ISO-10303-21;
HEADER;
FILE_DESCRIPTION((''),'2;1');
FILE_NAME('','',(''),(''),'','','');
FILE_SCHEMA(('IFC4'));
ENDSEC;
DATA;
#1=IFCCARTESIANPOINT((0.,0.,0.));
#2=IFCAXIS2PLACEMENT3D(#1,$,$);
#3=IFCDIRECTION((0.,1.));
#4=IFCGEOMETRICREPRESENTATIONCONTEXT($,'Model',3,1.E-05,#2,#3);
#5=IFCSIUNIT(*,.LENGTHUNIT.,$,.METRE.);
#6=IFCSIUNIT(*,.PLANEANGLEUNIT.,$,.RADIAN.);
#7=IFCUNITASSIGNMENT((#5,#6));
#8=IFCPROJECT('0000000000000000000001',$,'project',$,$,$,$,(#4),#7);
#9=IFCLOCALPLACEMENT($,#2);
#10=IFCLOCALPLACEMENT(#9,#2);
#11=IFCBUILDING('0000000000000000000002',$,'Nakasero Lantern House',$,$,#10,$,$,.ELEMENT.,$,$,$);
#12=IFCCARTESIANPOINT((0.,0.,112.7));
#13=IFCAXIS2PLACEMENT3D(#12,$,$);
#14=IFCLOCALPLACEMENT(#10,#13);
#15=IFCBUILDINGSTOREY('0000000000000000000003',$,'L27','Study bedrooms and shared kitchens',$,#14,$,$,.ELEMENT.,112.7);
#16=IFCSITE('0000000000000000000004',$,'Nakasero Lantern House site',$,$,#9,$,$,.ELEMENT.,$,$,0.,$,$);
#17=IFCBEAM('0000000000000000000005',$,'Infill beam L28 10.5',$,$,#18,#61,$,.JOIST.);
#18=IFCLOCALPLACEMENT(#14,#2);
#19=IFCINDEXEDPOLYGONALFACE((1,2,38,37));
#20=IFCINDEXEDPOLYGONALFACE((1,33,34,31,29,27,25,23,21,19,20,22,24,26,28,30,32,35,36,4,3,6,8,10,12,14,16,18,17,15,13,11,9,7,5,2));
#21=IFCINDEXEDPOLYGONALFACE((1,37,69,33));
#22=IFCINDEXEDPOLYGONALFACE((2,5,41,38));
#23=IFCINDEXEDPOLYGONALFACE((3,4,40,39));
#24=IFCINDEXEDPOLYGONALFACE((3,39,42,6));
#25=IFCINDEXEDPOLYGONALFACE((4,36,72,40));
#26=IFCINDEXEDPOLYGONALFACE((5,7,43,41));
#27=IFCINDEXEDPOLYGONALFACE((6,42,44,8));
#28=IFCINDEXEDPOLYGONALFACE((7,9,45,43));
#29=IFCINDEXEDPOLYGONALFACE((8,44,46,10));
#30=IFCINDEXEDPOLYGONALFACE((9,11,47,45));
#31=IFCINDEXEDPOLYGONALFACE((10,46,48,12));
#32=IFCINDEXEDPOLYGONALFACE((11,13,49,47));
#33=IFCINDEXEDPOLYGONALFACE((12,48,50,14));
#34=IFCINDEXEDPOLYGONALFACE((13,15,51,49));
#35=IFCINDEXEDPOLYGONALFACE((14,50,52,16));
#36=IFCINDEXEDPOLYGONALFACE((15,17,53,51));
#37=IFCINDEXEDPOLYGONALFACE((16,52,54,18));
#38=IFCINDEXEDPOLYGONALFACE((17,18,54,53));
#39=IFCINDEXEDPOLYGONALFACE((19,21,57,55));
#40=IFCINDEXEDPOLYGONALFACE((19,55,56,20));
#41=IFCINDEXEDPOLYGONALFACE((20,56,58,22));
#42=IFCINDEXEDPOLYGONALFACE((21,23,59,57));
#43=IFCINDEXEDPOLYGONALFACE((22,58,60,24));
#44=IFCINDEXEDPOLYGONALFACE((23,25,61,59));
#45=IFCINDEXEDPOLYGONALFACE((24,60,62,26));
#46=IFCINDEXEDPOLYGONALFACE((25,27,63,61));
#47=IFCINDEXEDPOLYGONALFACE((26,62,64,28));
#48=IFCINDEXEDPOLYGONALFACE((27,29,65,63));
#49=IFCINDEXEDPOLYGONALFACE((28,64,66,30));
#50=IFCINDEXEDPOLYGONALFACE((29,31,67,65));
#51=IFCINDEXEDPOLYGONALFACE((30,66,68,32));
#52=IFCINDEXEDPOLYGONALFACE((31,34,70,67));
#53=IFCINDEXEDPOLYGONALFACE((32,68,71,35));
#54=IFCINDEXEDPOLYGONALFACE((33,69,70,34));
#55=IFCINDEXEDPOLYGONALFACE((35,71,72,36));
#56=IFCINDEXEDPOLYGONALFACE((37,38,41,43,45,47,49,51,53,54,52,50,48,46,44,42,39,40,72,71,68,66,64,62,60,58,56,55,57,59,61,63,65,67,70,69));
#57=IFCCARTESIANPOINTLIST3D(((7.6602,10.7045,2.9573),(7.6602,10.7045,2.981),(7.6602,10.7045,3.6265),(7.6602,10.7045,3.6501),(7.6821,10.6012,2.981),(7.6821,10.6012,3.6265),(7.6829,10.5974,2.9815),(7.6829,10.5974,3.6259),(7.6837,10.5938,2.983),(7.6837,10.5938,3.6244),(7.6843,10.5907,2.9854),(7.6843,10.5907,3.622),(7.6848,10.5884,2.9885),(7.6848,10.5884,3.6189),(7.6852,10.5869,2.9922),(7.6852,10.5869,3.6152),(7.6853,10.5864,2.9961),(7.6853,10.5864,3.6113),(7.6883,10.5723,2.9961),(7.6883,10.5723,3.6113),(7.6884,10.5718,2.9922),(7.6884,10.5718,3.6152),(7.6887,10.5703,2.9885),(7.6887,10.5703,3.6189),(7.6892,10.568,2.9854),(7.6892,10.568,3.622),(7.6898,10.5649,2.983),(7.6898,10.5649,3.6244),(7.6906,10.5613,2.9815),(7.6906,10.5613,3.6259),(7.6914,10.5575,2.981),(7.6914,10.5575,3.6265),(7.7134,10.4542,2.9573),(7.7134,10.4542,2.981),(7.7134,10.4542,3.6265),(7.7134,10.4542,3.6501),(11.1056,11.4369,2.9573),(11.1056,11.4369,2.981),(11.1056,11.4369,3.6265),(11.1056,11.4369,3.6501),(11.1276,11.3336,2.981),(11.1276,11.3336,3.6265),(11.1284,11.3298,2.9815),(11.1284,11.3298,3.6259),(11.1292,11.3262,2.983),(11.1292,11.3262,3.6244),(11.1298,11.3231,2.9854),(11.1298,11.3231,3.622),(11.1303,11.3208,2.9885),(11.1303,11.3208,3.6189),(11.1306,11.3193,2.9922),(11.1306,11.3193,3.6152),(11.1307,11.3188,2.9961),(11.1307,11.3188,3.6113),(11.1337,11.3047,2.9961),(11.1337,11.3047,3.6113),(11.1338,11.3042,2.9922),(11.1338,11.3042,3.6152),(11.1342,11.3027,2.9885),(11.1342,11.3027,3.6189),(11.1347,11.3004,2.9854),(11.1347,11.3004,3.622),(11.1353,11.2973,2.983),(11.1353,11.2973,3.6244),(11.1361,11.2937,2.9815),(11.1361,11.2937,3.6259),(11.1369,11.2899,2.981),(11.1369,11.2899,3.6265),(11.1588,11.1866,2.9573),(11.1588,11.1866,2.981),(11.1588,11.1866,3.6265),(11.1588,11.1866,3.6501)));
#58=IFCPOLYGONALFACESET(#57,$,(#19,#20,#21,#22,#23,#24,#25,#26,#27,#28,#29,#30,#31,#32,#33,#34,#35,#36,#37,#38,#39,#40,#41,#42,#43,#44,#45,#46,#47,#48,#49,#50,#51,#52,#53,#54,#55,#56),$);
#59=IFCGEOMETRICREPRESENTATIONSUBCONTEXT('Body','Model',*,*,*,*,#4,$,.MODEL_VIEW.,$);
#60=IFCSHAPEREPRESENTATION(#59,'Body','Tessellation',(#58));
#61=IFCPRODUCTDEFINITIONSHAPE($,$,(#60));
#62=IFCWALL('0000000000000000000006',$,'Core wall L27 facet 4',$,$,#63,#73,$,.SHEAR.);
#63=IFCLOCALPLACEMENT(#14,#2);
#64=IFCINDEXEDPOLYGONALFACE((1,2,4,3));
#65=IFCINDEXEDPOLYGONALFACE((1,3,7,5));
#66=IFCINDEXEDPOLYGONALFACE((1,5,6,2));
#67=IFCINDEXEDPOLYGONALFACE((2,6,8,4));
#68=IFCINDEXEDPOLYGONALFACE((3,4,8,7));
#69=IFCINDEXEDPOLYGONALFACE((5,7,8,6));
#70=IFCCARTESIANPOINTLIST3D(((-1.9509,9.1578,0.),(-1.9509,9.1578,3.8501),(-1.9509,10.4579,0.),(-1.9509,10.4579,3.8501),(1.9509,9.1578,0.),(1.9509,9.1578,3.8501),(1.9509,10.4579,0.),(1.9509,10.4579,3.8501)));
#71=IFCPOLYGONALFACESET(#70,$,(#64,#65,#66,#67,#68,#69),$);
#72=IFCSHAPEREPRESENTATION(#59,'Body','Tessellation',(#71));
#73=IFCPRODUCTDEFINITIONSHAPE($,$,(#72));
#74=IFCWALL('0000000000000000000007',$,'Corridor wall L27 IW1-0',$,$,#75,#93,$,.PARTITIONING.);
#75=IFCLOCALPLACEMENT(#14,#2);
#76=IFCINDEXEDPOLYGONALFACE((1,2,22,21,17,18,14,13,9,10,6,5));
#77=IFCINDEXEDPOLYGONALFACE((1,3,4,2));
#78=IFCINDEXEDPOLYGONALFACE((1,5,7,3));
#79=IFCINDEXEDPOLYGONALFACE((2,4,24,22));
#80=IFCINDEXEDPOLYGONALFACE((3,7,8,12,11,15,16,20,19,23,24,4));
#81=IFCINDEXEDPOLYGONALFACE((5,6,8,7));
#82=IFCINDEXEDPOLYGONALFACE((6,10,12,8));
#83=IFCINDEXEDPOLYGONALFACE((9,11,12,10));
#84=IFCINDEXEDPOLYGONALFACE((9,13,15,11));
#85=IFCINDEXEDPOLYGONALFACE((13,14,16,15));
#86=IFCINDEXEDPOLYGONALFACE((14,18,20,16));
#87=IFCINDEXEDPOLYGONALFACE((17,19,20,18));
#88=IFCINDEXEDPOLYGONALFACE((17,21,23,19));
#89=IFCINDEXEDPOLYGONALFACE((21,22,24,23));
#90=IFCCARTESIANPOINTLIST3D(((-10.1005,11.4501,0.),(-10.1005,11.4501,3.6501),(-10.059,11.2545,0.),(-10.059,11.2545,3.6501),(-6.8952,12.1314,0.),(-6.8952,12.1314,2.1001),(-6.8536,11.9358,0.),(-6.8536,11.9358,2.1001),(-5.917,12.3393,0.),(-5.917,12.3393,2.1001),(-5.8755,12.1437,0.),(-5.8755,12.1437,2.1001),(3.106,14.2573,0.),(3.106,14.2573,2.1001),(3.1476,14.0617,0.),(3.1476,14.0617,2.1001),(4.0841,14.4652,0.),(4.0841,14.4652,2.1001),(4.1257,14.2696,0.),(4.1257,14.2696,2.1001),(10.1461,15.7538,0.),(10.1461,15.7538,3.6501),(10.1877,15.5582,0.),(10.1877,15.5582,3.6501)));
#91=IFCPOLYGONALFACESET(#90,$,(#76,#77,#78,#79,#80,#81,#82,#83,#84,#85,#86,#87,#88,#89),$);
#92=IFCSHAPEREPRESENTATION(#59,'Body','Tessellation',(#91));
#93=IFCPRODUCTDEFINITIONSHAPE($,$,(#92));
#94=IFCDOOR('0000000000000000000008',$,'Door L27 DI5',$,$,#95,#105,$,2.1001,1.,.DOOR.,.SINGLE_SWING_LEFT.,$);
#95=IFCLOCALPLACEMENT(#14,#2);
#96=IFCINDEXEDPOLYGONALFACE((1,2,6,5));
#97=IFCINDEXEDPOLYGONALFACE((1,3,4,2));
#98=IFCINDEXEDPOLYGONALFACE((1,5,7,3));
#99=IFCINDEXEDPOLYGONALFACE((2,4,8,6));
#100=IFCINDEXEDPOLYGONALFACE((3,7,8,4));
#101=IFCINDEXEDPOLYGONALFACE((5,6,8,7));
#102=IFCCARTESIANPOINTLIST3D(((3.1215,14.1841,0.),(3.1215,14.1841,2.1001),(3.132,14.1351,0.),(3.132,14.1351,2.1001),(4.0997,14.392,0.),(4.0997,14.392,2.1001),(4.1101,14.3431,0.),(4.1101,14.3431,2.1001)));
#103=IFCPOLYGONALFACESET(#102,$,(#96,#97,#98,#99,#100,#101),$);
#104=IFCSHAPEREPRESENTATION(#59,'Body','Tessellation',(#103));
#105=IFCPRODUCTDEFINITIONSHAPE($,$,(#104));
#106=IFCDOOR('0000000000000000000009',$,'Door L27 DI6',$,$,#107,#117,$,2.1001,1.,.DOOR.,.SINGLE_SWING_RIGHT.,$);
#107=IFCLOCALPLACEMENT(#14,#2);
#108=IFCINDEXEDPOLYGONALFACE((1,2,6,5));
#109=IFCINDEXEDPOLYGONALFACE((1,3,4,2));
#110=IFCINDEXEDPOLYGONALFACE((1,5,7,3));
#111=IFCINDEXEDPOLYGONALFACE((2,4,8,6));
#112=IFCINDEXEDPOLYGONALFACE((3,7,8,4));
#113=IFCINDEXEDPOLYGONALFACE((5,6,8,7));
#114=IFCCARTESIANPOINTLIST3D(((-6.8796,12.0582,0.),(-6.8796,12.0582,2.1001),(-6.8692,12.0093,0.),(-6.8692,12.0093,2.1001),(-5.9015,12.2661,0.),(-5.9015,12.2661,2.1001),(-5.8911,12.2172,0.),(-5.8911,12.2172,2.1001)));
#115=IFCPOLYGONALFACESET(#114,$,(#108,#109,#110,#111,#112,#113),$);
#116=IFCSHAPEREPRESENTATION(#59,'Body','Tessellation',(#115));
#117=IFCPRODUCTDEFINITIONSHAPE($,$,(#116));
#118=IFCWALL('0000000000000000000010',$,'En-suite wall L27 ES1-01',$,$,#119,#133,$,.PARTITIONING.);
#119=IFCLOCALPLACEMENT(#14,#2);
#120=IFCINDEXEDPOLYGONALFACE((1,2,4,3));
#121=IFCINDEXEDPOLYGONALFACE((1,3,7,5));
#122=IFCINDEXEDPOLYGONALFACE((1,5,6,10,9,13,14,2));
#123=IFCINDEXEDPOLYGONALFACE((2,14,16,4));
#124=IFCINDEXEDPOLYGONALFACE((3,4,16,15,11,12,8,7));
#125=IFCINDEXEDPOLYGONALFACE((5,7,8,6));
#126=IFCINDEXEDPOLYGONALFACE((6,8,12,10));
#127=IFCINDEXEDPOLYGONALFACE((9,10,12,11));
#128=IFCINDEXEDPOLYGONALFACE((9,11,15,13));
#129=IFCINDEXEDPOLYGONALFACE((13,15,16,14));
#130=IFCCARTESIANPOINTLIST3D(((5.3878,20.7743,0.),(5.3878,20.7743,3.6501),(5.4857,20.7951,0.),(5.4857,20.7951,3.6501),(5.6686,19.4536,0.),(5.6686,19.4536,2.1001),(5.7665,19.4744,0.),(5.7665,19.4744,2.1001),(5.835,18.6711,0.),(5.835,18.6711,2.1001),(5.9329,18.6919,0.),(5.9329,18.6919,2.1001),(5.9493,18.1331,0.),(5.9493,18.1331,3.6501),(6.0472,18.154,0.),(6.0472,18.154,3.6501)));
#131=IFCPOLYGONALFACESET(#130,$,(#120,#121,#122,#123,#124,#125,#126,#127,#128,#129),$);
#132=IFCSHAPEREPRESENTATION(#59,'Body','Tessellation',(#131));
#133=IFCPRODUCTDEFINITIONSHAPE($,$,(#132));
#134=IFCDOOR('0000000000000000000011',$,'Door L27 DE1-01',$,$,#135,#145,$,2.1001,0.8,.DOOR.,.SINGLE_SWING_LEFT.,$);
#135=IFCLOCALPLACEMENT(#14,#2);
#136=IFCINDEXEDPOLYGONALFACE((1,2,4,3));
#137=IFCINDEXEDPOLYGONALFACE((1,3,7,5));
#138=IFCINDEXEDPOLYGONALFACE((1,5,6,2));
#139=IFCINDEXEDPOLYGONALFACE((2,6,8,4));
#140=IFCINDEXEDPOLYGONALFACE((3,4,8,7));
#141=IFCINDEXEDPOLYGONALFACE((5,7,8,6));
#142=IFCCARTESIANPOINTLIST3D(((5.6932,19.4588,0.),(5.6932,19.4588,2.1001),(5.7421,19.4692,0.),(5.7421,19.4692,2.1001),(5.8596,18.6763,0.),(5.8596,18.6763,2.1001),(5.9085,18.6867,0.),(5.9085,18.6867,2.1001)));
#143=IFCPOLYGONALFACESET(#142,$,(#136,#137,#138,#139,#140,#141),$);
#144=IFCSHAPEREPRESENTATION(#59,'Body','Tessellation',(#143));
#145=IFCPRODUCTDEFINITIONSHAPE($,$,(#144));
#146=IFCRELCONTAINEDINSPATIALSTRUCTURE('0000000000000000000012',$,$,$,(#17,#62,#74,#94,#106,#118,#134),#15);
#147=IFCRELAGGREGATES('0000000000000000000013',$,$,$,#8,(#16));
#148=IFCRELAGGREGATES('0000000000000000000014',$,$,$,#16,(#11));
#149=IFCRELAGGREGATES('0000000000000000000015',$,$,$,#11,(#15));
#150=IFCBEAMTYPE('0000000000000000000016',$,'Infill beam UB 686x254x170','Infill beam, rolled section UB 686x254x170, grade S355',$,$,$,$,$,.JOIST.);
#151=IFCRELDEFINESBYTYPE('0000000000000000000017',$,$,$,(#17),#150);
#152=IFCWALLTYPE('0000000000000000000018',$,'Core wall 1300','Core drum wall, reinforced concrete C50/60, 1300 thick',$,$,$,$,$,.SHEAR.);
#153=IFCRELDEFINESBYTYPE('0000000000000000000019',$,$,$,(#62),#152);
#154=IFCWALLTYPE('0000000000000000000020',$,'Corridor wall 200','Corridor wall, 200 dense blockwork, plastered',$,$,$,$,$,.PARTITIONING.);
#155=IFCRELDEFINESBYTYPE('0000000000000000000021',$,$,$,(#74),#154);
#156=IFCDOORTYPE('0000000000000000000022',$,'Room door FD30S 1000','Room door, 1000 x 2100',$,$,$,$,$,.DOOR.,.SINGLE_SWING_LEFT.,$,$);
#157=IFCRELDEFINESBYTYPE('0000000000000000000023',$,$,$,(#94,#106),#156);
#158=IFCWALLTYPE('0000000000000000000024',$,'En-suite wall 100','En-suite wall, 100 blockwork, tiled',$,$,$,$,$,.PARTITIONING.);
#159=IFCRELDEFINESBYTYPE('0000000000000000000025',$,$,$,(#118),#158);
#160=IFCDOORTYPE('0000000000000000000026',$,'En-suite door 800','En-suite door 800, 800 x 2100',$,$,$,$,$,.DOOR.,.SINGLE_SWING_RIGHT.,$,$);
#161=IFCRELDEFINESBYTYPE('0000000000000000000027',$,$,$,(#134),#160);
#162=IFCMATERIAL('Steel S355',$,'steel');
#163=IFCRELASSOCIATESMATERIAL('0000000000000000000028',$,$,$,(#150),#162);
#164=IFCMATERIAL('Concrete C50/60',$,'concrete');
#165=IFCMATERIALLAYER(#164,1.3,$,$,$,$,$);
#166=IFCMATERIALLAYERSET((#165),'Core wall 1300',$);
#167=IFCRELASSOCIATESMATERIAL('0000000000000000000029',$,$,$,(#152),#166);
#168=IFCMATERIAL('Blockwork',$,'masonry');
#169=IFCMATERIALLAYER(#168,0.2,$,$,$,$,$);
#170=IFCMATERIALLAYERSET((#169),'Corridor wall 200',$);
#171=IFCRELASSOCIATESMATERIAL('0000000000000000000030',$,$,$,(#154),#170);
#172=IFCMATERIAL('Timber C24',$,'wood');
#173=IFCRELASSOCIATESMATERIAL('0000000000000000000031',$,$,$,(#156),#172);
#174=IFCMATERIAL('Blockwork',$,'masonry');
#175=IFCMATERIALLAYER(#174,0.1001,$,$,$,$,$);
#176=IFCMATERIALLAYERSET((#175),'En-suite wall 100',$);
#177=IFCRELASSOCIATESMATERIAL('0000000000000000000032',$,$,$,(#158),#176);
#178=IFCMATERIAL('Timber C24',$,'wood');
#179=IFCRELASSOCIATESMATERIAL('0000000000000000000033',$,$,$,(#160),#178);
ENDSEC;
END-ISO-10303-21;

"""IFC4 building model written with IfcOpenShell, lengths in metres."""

from ifc_helpers import new_model, si_unit, direction, frame, frame_2d, origin, origin_2d, place, context, subcontext, project, spatial, rectangle, i_section, extrude, material, layer, layer_set, material_profile, profile_set, type_object, element, fill, save


model = new_model("IFC4")

# Units and contexts
model_context = context("Model", 3, precision=1e-05, world=origin(), true_north=direction((0.0, 1.0)))
body_context = subcontext(model_context, "Body", "Model", "MODEL_VIEW")
ifc_project = project(units=[si_unit("LENGTHUNIT", "METRE"), si_unit("PLANEANGLEUNIT", "RADIAN")], contexts=[model_context])

# Site, building, storey
site_placement = place(None, origin())
site = spatial("IfcSite", under=ifc_project, at=site_placement, Name="Nakasero Lantern House site", CompositionType="ELEMENT", RefElevation=0.0)
building_placement = place(site_placement, origin())
building = spatial("IfcBuilding", under=site, at=building_placement, Name="Nakasero Lantern House", CompositionType="ELEMENT")
storey_placement = place(building_placement, frame((0.0, 0.0, 112.7)))
storey = spatial("IfcBuildingStorey", under=building, at=storey_placement, Name="L27", Description="Study bedrooms and shared kitchens", CompositionType="ELEMENT", Elevation=112.7)

# Beam
ifc_material_1 = material(Name="Steel S355", Category="steel")
ifc_material_profile_1 = material_profile(ifc_material_1, i_section(OverallWidth=0.2559, OverallDepth=0.6929, WebThickness=0.0144, FlangeThickness=0.0237, FilletRadius=0.0151, at=origin_2d()), Name="UB 686x254x170")
ifc_profile_set_1 = profile_set([ifc_material_profile_1], Name="Steel S355")
beam_type_1 = type_object("IfcBeamType", Name="Infill beam UB 686x254x170", Description="Infill beam, rolled section UB 686x254x170, grade S355", PredefinedType="JOIST", material=ifc_profile_set_1)
beam_1_placement = place(storey_placement, frame((7.6868, 10.5793, 3.3037), z_axis=(0.978145, 0.207924, 0.0), x_axis=(-0.207924, 0.978145, 0.0)))
element("IfcBeam", 1, at=beam_1_placement, inside=storey, type_object=beam_type_1, Name="Infill beam L28 10.5", PredefinedType="JOIST", context=body_context, shape_type="SweptSolid", body=[
    extrude(i_section(OverallWidth=0.2559, OverallDepth=0.6929, WebThickness=0.0144, FlangeThickness=0.0237, FilletRadius=0.0151, at=origin_2d()), origin(), (0.0, 0.0, 1.0), 3.5225),
])

# Wall
ifc_material_2 = material(Name="Concrete C50/60", Category="concrete")
ifc_layer_1 = layer(ifc_material_2, 1.3)
ifc_layer_set_1 = layer_set([ifc_layer_1], Name="Core wall 1300")
wall_type_1 = type_object("IfcWallType", Name="Core wall 1300", Description="Core drum wall, reinforced concrete C50/60, 1300 thick", PredefinedType="SHEAR", material=ifc_layer_set_1)
wall_1_placement = place(storey_placement, frame((1.9509, 9.8079, 0.0), z_axis=(0.0, 0.0, 1.0), x_axis=(-1.0, 0.0, 0.0)))
element("IfcWall", 2, at=wall_1_placement, inside=storey, type_object=wall_type_1, Name="Core wall L27 facet 4", PredefinedType="SHEAR", context=body_context, shape_type="SweptSolid", body=[
    extrude(rectangle(XDim=3.9019, YDim=1.3, at=frame_2d((1.9509, 0.0))), origin(), (0.0, 0.0, 1.0), 3.8501),
])

# Wall, openings, doors
ifc_material_3 = material(Name="Blockwork", Category="masonry")
ifc_layer_2 = layer(ifc_material_3, 0.2)
ifc_layer_set_2 = layer_set([ifc_layer_2], Name="Corridor wall 200")
wall_type_2 = type_object("IfcWallType", Name="Corridor wall 200", Description="Corridor wall, 200 dense blockwork, plastered", PredefinedType="PARTITIONING", material=ifc_layer_set_2)
wall_2_placement = place(storey_placement, frame((10.167, 15.656, 0.0), z_axis=(0.0, 0.0, 1.0), x_axis=(-0.978146, -0.207919, 0.0)))
wall_2 = element("IfcWall", 3, at=wall_2_placement, inside=storey, type_object=wall_type_2, Name="Corridor wall L27 IW1-0", PredefinedType="PARTITIONING", context=body_context, shape_type="SweptSolid", body=[
    extrude(rectangle(XDim=20.699, YDim=0.2, at=frame_2d((10.3496, 0.0))), origin(), (0.0, 0.0, 1.0), 3.6501),
])
opening_1_placement = place(wall_2_placement, frame((6.1975, 0.0, 0.0)))
opening_1 = element("IfcOpeningElement", 4, at=opening_1_placement, cuts=wall_2, PredefinedType="OPENING", context=body_context, shape_type="SweptSolid", body=[
    extrude(rectangle(XDim=1.0, YDim=2.1001, at=frame_2d((0.5, 1.05))), frame((0.0, 0.1199, 0.0), z_axis=(0.0, -1.0, 0.0), x_axis=(1.0, 0.0, 0.0)), (0.0, 0.0, 1.0), 0.24),
])
opening_2_placement = place(wall_2_placement, frame((16.4221, 0.0, 0.0)))
opening_2 = element("IfcOpeningElement", 5, at=opening_2_placement, cuts=wall_2, PredefinedType="OPENING", context=body_context, shape_type="SweptSolid", body=[
    extrude(rectangle(XDim=1.0, YDim=2.1001, at=frame_2d((0.5, 1.05))), frame((0.0, 0.1199, 0.0), z_axis=(0.0, -1.0, 0.0), x_axis=(1.0, 0.0, 0.0)), (0.0, 0.0, 1.0), 0.24),
])
ifc_material_4 = material(Name="Timber C24", Category="wood")
door_type_1 = type_object("IfcDoorType", Name="Room door FD30S 1000", Description="Room door, 1000 x 2100", OperationType="SINGLE_SWING_LEFT", PredefinedType="DOOR", material=ifc_material_4)
door_1_placement = place(opening_1_placement, origin())
door_1 = element("IfcDoor", 6, at=door_1_placement, inside=storey, type_object=door_type_1, Name="Door L27 DI5", OperationType="SINGLE_SWING_LEFT", OverallHeight=2.1001, OverallWidth=1.0, PredefinedType="DOOR", context=body_context, shape_type="SweptSolid", body=[
    extrude(rectangle(XDim=1.0, YDim=2.1001, at=frame_2d((0.5, 1.05))), frame((0.0, 0.0249, 0.0), z_axis=(0.0, -1.0, 0.0), x_axis=(1.0, 0.0, 0.0)), (0.0, 0.0, 1.0), 0.05),
])
fill(opening_1, door_1)
door_2_placement = place(opening_2_placement, origin())
door_2 = element("IfcDoor", 7, at=door_2_placement, inside=storey, type_object=door_type_1, Name="Door L27 DI6", OperationType="SINGLE_SWING_RIGHT", OverallHeight=2.1001, OverallWidth=1.0, PredefinedType="DOOR", context=body_context, shape_type="SweptSolid", body=[
    extrude(rectangle(XDim=1.0, YDim=2.1001, at=frame_2d((0.5, 1.05))), frame((0.0, 0.0249, 0.0), z_axis=(0.0, -1.0, 0.0), x_axis=(1.0, 0.0, 0.0)), (0.0, 0.0, 1.0), 0.05),
])
fill(opening_2, door_2)

# Wall, opening, door
ifc_material_5 = material(Name="Blockwork", Category="masonry")
ifc_layer_3 = layer(ifc_material_5, 0.1001)
ifc_layer_set_3 = layer_set([ifc_layer_3], Name="En-suite wall 100")
wall_type_3 = type_object("IfcWallType", Name="En-suite wall 100", Description="En-suite wall, 100 blockwork, tiled", PredefinedType="PARTITIONING", material=ifc_layer_set_3)
wall_3_placement = place(storey_placement, frame((5.9983, 18.1436, 0.0), z_axis=(0.0, 0.0, 1.0), x_axis=(-0.20796, 0.978137, 0.0)))
wall_3 = element("IfcWall", 8, at=wall_3_placement, inside=storey, type_object=wall_type_3, Name="En-suite wall L27 ES1-01", PredefinedType="PARTITIONING", context=body_context, shape_type="SweptSolid", body=[
    extrude(rectangle(XDim=2.7002, YDim=0.1001, at=frame_2d((1.3501, 0.0))), origin(), (0.0, 0.0, 1.0), 3.6501),
])
opening_3_placement = place(wall_3_placement, frame((0.55, 0.0, 0.0)))
opening_3 = element("IfcOpeningElement", 9, at=opening_3_placement, cuts=wall_3, PredefinedType="OPENING", context=body_context, shape_type="SweptSolid", body=[
    extrude(rectangle(XDim=0.8, YDim=2.1001, at=frame_2d((0.3999, 1.05))), frame((0.0, 0.0701, 0.0), z_axis=(0.0, -1.0, 0.0), x_axis=(1.0, 0.0, 0.0)), (0.0, 0.0, 1.0), 0.1401),
])
ifc_material_6 = material(Name="Timber C24", Category="wood")
door_type_2 = type_object("IfcDoorType", Name="En-suite door 800", Description="En-suite door 800, 800 x 2100", OperationType="SINGLE_SWING_RIGHT", PredefinedType="DOOR", material=ifc_material_6)
door_3_placement = place(opening_3_placement, origin())
door_3 = element("IfcDoor", 10, at=door_3_placement, inside=storey, type_object=door_type_2, Name="Door L27 DE1-01", OperationType="SINGLE_SWING_LEFT", OverallHeight=2.1001, OverallWidth=0.8, PredefinedType="DOOR", context=body_context, shape_type="SweptSolid", body=[
    extrude(rectangle(XDim=0.8, YDim=2.1001, at=frame_2d((0.3999, 1.05))), frame((0.0, 0.0249, 0.0), z_axis=(0.0, -1.0, 0.0), x_axis=(1.0, 0.0, 0.0)), (0.0, 0.0, 1.0), 0.05),
])
fill(opening_3, door_3)

save(model, "model.ifc")
